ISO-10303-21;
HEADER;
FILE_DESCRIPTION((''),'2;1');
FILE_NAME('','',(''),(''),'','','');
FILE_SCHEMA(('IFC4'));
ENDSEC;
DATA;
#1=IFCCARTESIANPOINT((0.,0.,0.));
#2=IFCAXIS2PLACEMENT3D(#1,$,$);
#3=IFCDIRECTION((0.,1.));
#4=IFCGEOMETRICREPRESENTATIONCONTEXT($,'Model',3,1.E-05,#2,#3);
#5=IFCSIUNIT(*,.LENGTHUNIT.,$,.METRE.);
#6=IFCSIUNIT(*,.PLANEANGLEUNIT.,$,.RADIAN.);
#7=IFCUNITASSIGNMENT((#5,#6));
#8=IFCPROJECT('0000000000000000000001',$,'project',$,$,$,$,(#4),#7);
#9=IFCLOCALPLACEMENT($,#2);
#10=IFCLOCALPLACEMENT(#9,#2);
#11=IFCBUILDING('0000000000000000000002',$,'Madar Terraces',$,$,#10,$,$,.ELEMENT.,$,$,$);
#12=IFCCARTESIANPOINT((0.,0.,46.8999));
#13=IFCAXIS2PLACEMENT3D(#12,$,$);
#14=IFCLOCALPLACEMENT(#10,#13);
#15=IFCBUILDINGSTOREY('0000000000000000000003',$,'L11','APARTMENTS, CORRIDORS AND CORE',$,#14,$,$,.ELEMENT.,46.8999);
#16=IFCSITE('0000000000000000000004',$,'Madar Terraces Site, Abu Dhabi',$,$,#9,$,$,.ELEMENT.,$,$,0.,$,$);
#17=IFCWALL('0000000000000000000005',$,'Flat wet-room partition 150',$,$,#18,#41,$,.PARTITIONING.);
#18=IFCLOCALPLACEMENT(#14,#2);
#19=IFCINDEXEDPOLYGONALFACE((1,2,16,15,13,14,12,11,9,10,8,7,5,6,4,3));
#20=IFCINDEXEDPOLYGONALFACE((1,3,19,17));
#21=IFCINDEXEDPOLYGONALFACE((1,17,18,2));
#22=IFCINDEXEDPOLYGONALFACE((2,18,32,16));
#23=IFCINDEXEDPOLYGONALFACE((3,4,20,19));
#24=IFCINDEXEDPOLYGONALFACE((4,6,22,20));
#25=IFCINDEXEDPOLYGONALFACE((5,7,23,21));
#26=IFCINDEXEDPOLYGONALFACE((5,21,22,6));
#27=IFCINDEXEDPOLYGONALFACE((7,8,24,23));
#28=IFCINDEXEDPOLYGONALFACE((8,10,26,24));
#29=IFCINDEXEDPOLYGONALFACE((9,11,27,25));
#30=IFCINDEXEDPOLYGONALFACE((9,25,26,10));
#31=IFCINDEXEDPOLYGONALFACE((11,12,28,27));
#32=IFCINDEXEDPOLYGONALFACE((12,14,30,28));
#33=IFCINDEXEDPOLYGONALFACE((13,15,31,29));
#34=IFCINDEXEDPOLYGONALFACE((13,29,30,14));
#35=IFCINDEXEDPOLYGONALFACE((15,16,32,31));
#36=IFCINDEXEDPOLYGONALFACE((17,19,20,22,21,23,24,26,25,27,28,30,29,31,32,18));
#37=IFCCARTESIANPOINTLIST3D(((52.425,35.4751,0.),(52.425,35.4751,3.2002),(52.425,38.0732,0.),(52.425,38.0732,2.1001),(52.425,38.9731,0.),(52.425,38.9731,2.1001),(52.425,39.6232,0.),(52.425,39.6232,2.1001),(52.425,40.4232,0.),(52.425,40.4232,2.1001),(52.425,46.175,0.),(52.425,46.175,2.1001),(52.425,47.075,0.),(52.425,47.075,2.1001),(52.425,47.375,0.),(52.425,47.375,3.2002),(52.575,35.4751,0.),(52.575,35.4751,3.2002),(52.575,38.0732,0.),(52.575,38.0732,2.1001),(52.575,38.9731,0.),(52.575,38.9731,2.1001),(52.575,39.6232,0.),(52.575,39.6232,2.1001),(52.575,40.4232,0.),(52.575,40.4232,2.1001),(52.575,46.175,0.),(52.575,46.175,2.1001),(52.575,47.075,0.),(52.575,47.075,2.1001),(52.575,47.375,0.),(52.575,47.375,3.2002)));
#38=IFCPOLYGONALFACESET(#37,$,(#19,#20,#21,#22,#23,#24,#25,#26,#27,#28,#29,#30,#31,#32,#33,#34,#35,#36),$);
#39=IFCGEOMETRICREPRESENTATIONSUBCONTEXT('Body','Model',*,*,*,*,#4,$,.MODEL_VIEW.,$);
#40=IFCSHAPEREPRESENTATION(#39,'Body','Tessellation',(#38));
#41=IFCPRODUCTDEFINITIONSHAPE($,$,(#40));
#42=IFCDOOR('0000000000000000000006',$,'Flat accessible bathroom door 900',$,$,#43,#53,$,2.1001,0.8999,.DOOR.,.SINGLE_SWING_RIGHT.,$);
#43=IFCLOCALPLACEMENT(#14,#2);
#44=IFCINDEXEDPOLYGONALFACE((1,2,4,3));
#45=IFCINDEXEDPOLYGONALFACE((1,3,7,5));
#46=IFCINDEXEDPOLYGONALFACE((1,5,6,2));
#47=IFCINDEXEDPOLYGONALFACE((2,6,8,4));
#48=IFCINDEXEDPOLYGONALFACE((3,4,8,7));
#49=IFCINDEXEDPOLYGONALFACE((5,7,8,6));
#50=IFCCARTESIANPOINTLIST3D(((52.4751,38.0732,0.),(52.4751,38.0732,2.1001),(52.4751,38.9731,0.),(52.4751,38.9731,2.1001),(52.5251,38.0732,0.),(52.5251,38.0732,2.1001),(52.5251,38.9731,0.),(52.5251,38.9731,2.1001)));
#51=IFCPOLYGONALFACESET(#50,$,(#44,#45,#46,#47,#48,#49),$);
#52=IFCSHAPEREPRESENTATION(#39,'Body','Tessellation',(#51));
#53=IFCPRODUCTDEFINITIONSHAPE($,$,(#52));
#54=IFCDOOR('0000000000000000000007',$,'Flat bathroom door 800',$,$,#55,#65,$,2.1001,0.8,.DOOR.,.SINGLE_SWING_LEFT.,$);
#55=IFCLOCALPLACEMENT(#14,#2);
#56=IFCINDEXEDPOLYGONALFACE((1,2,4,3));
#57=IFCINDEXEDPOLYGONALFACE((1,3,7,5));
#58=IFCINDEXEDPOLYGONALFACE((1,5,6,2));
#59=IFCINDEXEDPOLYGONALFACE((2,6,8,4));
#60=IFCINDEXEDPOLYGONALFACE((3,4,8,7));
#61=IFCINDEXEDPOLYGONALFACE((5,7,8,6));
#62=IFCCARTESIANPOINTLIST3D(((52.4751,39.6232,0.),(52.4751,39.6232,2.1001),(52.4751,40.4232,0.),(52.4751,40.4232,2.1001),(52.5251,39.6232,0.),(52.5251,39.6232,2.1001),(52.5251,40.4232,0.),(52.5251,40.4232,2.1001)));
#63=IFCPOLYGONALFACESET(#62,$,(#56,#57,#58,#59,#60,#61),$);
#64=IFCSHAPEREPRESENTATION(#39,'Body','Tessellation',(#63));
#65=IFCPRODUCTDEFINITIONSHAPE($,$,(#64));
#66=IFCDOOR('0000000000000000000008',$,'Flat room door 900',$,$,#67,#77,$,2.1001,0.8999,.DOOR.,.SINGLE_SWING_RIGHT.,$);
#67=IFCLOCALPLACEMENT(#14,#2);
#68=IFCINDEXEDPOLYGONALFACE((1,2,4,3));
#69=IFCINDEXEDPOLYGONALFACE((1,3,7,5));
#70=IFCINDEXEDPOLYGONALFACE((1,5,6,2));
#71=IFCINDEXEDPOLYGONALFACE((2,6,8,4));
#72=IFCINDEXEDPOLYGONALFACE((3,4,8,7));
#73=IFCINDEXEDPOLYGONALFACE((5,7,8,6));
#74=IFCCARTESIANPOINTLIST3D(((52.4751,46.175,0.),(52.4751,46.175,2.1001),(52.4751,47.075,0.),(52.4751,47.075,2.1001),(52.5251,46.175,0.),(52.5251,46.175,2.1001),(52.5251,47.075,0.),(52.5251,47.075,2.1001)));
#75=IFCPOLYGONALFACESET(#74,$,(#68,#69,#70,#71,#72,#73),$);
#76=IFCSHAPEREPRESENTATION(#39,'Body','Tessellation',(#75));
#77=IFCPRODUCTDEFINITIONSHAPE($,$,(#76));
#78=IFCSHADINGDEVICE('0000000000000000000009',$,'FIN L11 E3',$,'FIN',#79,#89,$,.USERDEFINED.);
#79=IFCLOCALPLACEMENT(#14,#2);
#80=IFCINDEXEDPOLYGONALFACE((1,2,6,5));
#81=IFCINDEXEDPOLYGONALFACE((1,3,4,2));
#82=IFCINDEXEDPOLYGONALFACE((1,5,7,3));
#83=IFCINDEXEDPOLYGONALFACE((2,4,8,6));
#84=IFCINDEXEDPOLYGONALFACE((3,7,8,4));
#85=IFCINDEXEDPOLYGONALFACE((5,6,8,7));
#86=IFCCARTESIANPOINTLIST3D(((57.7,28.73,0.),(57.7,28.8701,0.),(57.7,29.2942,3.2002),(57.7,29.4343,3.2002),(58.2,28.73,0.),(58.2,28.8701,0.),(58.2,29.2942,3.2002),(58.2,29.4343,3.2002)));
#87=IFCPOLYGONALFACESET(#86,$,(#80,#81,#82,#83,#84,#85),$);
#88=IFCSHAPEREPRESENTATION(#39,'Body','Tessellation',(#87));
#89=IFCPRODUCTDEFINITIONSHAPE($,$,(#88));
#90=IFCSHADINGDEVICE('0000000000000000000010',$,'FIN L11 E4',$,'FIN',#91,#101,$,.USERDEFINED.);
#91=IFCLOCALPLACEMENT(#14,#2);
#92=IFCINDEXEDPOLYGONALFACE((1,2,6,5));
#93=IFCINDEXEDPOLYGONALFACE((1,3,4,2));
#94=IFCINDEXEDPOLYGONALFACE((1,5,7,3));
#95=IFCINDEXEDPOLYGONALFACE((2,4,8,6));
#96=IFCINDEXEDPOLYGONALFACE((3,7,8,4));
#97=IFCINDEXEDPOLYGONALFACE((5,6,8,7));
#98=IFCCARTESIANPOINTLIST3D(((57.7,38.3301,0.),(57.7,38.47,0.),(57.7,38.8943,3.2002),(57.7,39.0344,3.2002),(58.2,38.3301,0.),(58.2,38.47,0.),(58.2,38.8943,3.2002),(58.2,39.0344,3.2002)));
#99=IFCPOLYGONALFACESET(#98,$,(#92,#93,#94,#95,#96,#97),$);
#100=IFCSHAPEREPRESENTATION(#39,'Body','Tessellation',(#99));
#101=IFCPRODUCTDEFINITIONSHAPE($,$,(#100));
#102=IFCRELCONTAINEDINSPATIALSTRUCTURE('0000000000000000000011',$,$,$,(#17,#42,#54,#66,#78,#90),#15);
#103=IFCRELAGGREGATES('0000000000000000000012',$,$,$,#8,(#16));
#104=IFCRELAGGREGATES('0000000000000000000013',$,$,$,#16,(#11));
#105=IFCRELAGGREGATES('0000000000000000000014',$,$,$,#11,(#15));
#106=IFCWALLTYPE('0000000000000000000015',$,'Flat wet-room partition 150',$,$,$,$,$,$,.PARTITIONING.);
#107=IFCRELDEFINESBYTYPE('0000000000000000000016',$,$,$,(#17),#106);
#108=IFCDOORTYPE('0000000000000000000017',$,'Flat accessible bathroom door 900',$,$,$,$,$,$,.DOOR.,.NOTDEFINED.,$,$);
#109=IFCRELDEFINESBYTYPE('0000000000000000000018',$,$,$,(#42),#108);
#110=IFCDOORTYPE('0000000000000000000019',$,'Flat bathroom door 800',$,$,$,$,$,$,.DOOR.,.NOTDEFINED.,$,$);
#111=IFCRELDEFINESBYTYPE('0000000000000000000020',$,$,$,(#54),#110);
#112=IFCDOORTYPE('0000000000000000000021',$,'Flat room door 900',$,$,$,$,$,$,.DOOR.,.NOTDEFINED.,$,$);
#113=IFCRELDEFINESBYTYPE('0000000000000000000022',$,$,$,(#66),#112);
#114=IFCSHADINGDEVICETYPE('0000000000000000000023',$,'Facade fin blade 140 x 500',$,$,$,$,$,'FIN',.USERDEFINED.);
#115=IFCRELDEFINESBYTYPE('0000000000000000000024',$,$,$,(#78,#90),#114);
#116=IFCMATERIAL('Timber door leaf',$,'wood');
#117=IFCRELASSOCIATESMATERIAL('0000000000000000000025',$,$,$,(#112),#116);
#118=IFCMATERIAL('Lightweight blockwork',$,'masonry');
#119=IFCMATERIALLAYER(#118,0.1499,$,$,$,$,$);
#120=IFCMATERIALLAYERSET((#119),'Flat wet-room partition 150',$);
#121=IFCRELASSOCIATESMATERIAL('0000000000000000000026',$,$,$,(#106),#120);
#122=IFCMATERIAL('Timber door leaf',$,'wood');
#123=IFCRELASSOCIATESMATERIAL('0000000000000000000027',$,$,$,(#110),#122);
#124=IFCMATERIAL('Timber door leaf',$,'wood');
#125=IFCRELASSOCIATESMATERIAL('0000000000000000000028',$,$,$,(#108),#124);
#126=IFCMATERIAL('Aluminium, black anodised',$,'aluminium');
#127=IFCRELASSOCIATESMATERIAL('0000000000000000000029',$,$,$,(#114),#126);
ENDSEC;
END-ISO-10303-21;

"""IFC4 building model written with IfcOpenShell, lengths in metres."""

from ifc_helpers import new_model, si_unit, direction, frame, frame_2d, origin, place, context, subcontext, project, spatial, polyline, rectangle, outline, extrude, material, layer, layer_set, type_object, element, fill, save


model = new_model("IFC4")

# Units and contexts
model_context = context("Model", 3, precision=1e-05, world=origin(), true_north=direction((0.0, 1.0)))
body_context = subcontext(model_context, "Body", "Model", "MODEL_VIEW")
ifc_project = project(units=[si_unit("LENGTHUNIT", "METRE"), si_unit("PLANEANGLEUNIT", "RADIAN")], contexts=[model_context])

# Site, building, storey
site_placement = place(None, origin())
site = spatial("IfcSite", under=ifc_project, at=site_placement, Name="Madar Terraces Site, Abu Dhabi", CompositionType="ELEMENT", RefElevation=0.0)
building_placement = place(site_placement, origin())
building = spatial("IfcBuilding", under=site, at=building_placement, Name="Madar Terraces", CompositionType="ELEMENT")
storey_placement = place(building_placement, frame((0.0, 0.0, 46.8999)))
storey = spatial("IfcBuildingStorey", under=building, at=storey_placement, Name="L11", Description="APARTMENTS, CORRIDORS AND CORE", CompositionType="ELEMENT", Elevation=46.8999)

# Shared definitions
ifc_material_1 = material(Name="Timber door leaf", Category="wood")
door_type_1 = type_object("IfcDoorType", Name="Flat room door 900", OperationType="NOTDEFINED", PredefinedType="DOOR", material=ifc_material_1)

# Shared definitions
ifc_material_2 = material(Name="Lightweight blockwork", Category="masonry")
ifc_layer_1 = layer(ifc_material_2, 0.1499)
ifc_layer_set_1 = layer_set([ifc_layer_1], Name="Flat wet-room partition 150")
wall_type_1 = type_object("IfcWallType", Name="Flat wet-room partition 150", PredefinedType="PARTITIONING", material=ifc_layer_set_1)

# Shared definitions
ifc_material_3 = material(Name="Timber door leaf", Category="wood")
door_type_2 = type_object("IfcDoorType", Name="Flat bathroom door 800", OperationType="NOTDEFINED", PredefinedType="DOOR", material=ifc_material_3)

# Wall, openings, doors
wall_1_placement = place(storey_placement, frame((52.5, 35.4751, 0.0), z_axis=(0.0, 0.0, 1.0), x_axis=(0.0, 1.0, 0.0)))
wall_1 = element("IfcWall", 1, at=wall_1_placement, inside=storey, type_object=wall_type_1, Name="Flat wet-room partition 150", PredefinedType="PARTITIONING", context=body_context, shape_type="SweptSolid", body=[
    extrude(rectangle(XDim=11.8999, YDim=0.1499, at=frame_2d((5.95, 0.0))), origin(), (0.0, 0.0, 1.0), 3.2002),
])
opening_1_placement = place(wall_1_placement, frame((2.5981, 0.0, 0.0)))
opening_1 = element("IfcOpeningElement", 2, at=opening_1_placement, cuts=wall_1, PredefinedType="OPENING", context=body_context, shape_type="SweptSolid", body=[
    extrude(rectangle(XDim=0.8999, YDim=2.1001, at=frame_2d((0.45, 1.05))), frame((0.0, 0.085, 0.0), z_axis=(0.0, -1.0, 0.0), x_axis=(1.0, 0.0, 0.0)), (0.0, 0.0, 1.0), 0.1699),
])
opening_2_placement = place(wall_1_placement, frame((4.1482, 0.0, 0.0)))
opening_2 = element("IfcOpeningElement", 3, at=opening_2_placement, cuts=wall_1, PredefinedType="OPENING", context=body_context, shape_type="SweptSolid", body=[
    extrude(rectangle(XDim=0.8, YDim=2.1001, at=frame_2d((0.3999, 1.05))), frame((0.0, 0.085, 0.0), z_axis=(0.0, -1.0, 0.0), x_axis=(1.0, 0.0, 0.0)), (0.0, 0.0, 1.0), 0.1699),
])
opening_3_placement = place(wall_1_placement, frame((10.7, 0.0, 0.0)))
opening_3 = element("IfcOpeningElement", 4, at=opening_3_placement, cuts=wall_1, PredefinedType="OPENING", context=body_context, shape_type="SweptSolid", body=[
    extrude(rectangle(XDim=0.8999, YDim=2.1001, at=frame_2d((0.45, 1.05))), frame((0.0, 0.085, 0.0), z_axis=(0.0, -1.0, 0.0), x_axis=(1.0, 0.0, 0.0)), (0.0, 0.0, 1.0), 0.1699),
])
ifc_material_4 = material(Name="Timber door leaf", Category="wood")
door_type_3 = type_object("IfcDoorType", Name="Flat accessible bathroom door 900", OperationType="NOTDEFINED", PredefinedType="DOOR", material=ifc_material_4)
door_1_placement = place(opening_1_placement, origin())
door_1 = element("IfcDoor", 5, at=door_1_placement, inside=storey, type_object=door_type_3, Name="Flat accessible bathroom door 900", OperationType="SINGLE_SWING_RIGHT", OverallHeight=2.1001, OverallWidth=0.8999, PredefinedType="DOOR", context=body_context, shape_type="SweptSolid", body=[
    extrude(rectangle(XDim=0.8999, YDim=2.1001, at=frame_2d((0.45, 1.05))), frame((0.0, 0.0249, 0.0), z_axis=(0.0, -1.0, 0.0), x_axis=(1.0, 0.0, 0.0)), (0.0, 0.0, 1.0), 0.05),
])
fill(opening_1, door_1)
door_2_placement = place(opening_2_placement, origin())
door_2 = element("IfcDoor", 6, at=door_2_placement, inside=storey, type_object=door_type_2, Name="Flat bathroom door 800", OperationType="SINGLE_SWING_LEFT", OverallHeight=2.1001, OverallWidth=0.8, PredefinedType="DOOR", context=body_context, shape_type="SweptSolid", body=[
    extrude(rectangle(XDim=0.8, YDim=2.1001, at=frame_2d((0.3999, 1.05))), frame((0.0, 0.0249, 0.0), z_axis=(0.0, -1.0, 0.0), x_axis=(1.0, 0.0, 0.0)), (0.0, 0.0, 1.0), 0.05),
])
fill(opening_2, door_2)
door_3_placement = place(opening_3_placement, origin())
door_3 = element("IfcDoor", 7, at=door_3_placement, inside=storey, type_object=door_type_1, Name="Flat room door 900", OperationType="SINGLE_SWING_RIGHT", OverallHeight=2.1001, OverallWidth=0.8999, PredefinedType="DOOR", context=body_context, shape_type="SweptSolid", body=[
    extrude(rectangle(XDim=0.8999, YDim=2.1001, at=frame_2d((0.45, 1.05))), frame((0.0, 0.0249, 0.0), z_axis=(0.0, -1.0, 0.0), x_axis=(1.0, 0.0, 0.0)), (0.0, 0.0, 1.0), 0.05),
])
fill(opening_3, door_3)

# Shading devices
ifc_material_5 = material(Name="Aluminium, black anodised", Category="aluminium")
shading_device_type = type_object("IfcShadingDeviceType", Name="Facade fin blade 140 x 500", ElementType="FIN", PredefinedType="USERDEFINED", material=ifc_material_5)
shading_device_1_placement = place(storey_placement, frame((57.95, 28.73, 0.0), z_axis=(0.0, 0.0, 1.0), x_axis=(0.0, 1.0, 0.0)))
element("IfcShadingDevice", 8, at=shading_device_1_placement, inside=storey, type_object=shading_device_type, Name="FIN L11 E3", ObjectType="FIN", PredefinedType="USERDEFINED", context=body_context, shape_type="SweptSolid", body=[
    extrude(outline(polyline([(0.0, 0.0), (0.1401, 0.0), (0.7043, 3.2002), (0.5642, 3.2002), (0.0, 0.0)])), frame((0.0, 0.25, 0.0), z_axis=(0.0, -1.0, 0.0), x_axis=(1.0, 0.0, 0.0)), (0.0, 0.0, 1.0), 0.5),
])
shading_device_2_placement = place(storey_placement, frame((57.95, 38.3301, 0.0), z_axis=(0.0, 0.0, 1.0), x_axis=(0.0, 1.0, 0.0)))
element("IfcShadingDevice", 9, at=shading_device_2_placement, inside=storey, type_object=shading_device_type, Name="FIN L11 E4", ObjectType="FIN", PredefinedType="USERDEFINED", context=body_context, shape_type="SweptSolid", body=[
    extrude(outline(polyline([(0.0, 0.0), (0.1399, 0.0), (0.7043, 3.2002), (0.5642, 3.2002), (0.0, 0.0)])), frame((0.0, 0.25, 0.0), z_axis=(0.0, -1.0, 0.0), x_axis=(1.0, 0.0, 0.0)), (0.0, 0.0, 1.0), 0.5),
])

save(model, "model.ifc")
